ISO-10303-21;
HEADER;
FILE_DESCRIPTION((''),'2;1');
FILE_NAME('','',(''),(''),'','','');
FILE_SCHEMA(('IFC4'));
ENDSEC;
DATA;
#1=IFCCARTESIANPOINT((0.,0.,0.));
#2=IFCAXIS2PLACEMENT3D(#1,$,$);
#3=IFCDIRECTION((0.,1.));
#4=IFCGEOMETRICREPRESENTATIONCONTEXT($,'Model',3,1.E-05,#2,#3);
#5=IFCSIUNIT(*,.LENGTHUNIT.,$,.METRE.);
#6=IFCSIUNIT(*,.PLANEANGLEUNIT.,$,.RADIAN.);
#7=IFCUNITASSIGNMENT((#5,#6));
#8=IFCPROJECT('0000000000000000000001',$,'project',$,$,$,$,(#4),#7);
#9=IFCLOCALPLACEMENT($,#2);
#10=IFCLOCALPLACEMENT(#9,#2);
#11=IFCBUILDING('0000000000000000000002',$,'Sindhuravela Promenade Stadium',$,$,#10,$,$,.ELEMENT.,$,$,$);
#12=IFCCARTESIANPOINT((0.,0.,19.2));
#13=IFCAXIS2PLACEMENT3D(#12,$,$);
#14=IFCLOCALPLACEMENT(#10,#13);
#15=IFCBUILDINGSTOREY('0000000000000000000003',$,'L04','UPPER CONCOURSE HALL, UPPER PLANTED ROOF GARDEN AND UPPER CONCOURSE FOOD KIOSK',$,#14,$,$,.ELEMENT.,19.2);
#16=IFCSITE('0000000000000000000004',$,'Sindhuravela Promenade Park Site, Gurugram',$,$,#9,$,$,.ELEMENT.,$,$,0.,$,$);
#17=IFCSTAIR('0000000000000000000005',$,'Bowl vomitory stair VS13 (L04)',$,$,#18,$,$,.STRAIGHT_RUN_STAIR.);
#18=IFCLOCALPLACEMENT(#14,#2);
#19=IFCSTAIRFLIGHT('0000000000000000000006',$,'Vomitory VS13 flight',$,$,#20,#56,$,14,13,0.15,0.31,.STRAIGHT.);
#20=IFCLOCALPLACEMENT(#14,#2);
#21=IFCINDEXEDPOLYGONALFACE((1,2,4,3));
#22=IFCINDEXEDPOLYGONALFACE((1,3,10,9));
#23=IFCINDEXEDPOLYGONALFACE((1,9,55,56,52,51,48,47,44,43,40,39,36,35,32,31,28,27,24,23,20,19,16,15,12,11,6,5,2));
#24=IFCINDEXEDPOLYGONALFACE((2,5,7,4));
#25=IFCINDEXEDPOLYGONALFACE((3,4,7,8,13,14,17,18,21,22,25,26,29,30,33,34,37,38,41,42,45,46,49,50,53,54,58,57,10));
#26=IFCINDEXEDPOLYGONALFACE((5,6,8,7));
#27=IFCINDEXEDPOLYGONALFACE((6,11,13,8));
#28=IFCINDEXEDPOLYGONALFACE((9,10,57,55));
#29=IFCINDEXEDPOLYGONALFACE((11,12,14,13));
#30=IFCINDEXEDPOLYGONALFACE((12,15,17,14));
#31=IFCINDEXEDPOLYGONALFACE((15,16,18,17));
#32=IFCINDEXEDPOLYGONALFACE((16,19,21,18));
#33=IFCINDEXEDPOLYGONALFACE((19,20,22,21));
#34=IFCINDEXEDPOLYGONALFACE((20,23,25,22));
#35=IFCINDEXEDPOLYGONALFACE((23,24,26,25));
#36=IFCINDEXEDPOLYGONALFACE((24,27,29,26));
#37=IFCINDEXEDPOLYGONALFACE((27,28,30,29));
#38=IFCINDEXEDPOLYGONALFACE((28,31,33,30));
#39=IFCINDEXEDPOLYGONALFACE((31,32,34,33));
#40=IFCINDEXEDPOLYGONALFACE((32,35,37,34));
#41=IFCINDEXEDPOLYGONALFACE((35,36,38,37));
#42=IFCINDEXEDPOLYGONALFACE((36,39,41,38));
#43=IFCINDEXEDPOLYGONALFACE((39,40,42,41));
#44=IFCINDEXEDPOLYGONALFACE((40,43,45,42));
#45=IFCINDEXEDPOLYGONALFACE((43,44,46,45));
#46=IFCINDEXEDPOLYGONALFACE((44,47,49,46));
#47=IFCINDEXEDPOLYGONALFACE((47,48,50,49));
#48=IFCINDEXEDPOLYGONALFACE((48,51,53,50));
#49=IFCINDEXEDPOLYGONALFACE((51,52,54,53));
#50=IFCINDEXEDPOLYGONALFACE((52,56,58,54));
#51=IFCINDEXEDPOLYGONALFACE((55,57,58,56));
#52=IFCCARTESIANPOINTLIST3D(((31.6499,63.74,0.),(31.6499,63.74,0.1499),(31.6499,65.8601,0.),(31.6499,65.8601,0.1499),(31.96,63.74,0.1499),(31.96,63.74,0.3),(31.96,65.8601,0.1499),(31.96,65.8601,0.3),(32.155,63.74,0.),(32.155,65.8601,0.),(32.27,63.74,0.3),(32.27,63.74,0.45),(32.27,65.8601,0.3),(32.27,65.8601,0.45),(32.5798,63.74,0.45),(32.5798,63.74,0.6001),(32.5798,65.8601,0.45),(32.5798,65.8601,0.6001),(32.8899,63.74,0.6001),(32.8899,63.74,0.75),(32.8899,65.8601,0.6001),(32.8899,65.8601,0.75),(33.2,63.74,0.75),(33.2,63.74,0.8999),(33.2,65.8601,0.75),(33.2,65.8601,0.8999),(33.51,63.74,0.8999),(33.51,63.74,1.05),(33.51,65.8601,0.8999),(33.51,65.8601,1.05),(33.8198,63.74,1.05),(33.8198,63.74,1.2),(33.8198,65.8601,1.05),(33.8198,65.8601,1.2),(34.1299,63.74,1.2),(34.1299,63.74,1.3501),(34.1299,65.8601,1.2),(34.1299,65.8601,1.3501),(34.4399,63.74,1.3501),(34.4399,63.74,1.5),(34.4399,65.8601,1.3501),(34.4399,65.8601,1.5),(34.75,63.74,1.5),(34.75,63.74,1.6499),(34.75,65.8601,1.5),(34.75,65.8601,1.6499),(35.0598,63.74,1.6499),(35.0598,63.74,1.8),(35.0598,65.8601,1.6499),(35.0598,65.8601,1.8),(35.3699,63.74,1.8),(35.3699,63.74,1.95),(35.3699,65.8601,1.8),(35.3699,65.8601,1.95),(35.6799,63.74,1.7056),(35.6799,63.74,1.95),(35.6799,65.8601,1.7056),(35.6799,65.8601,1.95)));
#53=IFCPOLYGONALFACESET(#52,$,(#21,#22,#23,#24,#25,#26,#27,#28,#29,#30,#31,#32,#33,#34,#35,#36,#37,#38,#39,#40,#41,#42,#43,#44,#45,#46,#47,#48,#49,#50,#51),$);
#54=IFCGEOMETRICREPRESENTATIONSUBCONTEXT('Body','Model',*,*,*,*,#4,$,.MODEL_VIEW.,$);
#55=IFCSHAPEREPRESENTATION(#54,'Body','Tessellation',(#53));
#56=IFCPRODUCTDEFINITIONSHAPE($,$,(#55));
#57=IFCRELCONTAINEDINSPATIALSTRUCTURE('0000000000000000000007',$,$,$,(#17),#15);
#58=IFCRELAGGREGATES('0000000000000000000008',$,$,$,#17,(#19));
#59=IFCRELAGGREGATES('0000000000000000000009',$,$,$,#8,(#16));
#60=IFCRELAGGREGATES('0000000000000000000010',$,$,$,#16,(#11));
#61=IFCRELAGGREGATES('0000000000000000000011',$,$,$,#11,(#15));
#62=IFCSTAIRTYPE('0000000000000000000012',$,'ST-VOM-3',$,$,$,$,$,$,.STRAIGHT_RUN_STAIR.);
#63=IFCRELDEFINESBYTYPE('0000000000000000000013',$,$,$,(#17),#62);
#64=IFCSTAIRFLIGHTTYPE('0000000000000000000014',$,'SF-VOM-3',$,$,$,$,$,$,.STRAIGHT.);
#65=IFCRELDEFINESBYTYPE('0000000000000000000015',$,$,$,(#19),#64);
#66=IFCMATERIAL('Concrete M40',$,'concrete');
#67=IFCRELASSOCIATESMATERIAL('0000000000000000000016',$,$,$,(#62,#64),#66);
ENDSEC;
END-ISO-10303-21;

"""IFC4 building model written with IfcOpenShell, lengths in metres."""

from ifc_helpers import new_model, si_unit, direction, frame, origin, place, context, subcontext, project, spatial, polyline, outline, extrude, material, type_object, element, aggregate, save


model = new_model("IFC4")

# Units and contexts
model_context = context("Model", 3, precision=1e-05, world=origin(), true_north=direction((0.0, 1.0)))
body_context = subcontext(model_context, "Body", "Model", "MODEL_VIEW")
ifc_project = project(units=[si_unit("LENGTHUNIT", "METRE"), si_unit("PLANEANGLEUNIT", "RADIAN")], contexts=[model_context])

# Site, building, storey
site_placement = place(None, origin())
site = spatial("IfcSite", under=ifc_project, at=site_placement, Name="Sindhuravela Promenade Park Site, Gurugram", CompositionType="ELEMENT", RefElevation=0.0)
building_placement = place(site_placement, origin())
building = spatial("IfcBuilding", under=site, at=building_placement, Name="Sindhuravela Promenade Stadium", CompositionType="ELEMENT")
storey_placement = place(building_placement, frame((0.0, 0.0, 19.2)))
storey = spatial("IfcBuildingStorey", under=building, at=storey_placement, Name="L04", Description="UPPER CONCOURSE HALL, UPPER PLANTED ROOF GARDEN AND UPPER CONCOURSE FOOD KIOSK", CompositionType="ELEMENT", Elevation=19.2)

# Shared definitions
ifc_material_1 = material(Name="Concrete M40", Category="concrete")

# Stair, stair flight
stair_type = type_object("IfcStairType", Name="ST-VOM-3", PredefinedType="STRAIGHT_RUN_STAIR", material=ifc_material_1)
stair_placement = place(storey_placement, origin())
stair = element("IfcStair", 1, at=stair_placement, inside=storey, type_object=stair_type, Name="Bowl vomitory stair VS13 (L04)", PredefinedType="STRAIGHT_RUN_STAIR")
stair_flight_type = type_object("IfcStairFlightType", Name="SF-VOM-3", PredefinedType="STRAIGHT", material=ifc_material_1)
stair_flight_placement = place(storey_placement, frame((31.6499, 64.8, 0.0), z_axis=(0.0, 0.0, 1.0), x_axis=(1.0, 0.0, 0.0)))
stair_flight = element("IfcStairFlight", 2, at=stair_flight_placement, type_object=stair_flight_type, Name="Vomitory VS13 flight", NumberOfRisers=14, NumberOfTreads=13, PredefinedType="STRAIGHT", RiserHeight=0.15, TreadLength=0.31, context=body_context, shape_type="SweptSolid", body=[
    extrude(outline(polyline([(0.0, 0.0), (0.0, 0.1499), (0.3101, 0.1499), (0.3101, 0.3), (0.6201, 0.3), (0.6201, 0.45), (0.9299, 0.45), (0.9299, 0.6001), (1.24, 0.6001), (1.24, 0.75), (1.55, 0.75), (1.55, 0.8999), (1.8601, 0.8999), (1.8601, 1.05), (2.1699, 1.05), (2.1699, 1.2), (2.48, 1.2), (2.48, 1.3501), (2.79, 1.3501), (2.79, 1.5), (3.1001, 1.5), (3.1001, 1.6499), (3.4099, 1.6499), (3.4099, 1.8), (3.72, 1.8), (3.72, 1.95), (4.03, 1.95), (4.03, 2.1001), (4.03, 1.7056), (0.5051, 0.0), (0.0, 0.0)])), frame((0.0, 1.0601, 0.0), z_axis=(0.0, -1.0, 0.0), x_axis=(1.0, 0.0, 0.0)), (0.0, 0.0, 1.0), 2.1201),
])
aggregate(stair, [stair_flight])

save(model, "model.ifc")
